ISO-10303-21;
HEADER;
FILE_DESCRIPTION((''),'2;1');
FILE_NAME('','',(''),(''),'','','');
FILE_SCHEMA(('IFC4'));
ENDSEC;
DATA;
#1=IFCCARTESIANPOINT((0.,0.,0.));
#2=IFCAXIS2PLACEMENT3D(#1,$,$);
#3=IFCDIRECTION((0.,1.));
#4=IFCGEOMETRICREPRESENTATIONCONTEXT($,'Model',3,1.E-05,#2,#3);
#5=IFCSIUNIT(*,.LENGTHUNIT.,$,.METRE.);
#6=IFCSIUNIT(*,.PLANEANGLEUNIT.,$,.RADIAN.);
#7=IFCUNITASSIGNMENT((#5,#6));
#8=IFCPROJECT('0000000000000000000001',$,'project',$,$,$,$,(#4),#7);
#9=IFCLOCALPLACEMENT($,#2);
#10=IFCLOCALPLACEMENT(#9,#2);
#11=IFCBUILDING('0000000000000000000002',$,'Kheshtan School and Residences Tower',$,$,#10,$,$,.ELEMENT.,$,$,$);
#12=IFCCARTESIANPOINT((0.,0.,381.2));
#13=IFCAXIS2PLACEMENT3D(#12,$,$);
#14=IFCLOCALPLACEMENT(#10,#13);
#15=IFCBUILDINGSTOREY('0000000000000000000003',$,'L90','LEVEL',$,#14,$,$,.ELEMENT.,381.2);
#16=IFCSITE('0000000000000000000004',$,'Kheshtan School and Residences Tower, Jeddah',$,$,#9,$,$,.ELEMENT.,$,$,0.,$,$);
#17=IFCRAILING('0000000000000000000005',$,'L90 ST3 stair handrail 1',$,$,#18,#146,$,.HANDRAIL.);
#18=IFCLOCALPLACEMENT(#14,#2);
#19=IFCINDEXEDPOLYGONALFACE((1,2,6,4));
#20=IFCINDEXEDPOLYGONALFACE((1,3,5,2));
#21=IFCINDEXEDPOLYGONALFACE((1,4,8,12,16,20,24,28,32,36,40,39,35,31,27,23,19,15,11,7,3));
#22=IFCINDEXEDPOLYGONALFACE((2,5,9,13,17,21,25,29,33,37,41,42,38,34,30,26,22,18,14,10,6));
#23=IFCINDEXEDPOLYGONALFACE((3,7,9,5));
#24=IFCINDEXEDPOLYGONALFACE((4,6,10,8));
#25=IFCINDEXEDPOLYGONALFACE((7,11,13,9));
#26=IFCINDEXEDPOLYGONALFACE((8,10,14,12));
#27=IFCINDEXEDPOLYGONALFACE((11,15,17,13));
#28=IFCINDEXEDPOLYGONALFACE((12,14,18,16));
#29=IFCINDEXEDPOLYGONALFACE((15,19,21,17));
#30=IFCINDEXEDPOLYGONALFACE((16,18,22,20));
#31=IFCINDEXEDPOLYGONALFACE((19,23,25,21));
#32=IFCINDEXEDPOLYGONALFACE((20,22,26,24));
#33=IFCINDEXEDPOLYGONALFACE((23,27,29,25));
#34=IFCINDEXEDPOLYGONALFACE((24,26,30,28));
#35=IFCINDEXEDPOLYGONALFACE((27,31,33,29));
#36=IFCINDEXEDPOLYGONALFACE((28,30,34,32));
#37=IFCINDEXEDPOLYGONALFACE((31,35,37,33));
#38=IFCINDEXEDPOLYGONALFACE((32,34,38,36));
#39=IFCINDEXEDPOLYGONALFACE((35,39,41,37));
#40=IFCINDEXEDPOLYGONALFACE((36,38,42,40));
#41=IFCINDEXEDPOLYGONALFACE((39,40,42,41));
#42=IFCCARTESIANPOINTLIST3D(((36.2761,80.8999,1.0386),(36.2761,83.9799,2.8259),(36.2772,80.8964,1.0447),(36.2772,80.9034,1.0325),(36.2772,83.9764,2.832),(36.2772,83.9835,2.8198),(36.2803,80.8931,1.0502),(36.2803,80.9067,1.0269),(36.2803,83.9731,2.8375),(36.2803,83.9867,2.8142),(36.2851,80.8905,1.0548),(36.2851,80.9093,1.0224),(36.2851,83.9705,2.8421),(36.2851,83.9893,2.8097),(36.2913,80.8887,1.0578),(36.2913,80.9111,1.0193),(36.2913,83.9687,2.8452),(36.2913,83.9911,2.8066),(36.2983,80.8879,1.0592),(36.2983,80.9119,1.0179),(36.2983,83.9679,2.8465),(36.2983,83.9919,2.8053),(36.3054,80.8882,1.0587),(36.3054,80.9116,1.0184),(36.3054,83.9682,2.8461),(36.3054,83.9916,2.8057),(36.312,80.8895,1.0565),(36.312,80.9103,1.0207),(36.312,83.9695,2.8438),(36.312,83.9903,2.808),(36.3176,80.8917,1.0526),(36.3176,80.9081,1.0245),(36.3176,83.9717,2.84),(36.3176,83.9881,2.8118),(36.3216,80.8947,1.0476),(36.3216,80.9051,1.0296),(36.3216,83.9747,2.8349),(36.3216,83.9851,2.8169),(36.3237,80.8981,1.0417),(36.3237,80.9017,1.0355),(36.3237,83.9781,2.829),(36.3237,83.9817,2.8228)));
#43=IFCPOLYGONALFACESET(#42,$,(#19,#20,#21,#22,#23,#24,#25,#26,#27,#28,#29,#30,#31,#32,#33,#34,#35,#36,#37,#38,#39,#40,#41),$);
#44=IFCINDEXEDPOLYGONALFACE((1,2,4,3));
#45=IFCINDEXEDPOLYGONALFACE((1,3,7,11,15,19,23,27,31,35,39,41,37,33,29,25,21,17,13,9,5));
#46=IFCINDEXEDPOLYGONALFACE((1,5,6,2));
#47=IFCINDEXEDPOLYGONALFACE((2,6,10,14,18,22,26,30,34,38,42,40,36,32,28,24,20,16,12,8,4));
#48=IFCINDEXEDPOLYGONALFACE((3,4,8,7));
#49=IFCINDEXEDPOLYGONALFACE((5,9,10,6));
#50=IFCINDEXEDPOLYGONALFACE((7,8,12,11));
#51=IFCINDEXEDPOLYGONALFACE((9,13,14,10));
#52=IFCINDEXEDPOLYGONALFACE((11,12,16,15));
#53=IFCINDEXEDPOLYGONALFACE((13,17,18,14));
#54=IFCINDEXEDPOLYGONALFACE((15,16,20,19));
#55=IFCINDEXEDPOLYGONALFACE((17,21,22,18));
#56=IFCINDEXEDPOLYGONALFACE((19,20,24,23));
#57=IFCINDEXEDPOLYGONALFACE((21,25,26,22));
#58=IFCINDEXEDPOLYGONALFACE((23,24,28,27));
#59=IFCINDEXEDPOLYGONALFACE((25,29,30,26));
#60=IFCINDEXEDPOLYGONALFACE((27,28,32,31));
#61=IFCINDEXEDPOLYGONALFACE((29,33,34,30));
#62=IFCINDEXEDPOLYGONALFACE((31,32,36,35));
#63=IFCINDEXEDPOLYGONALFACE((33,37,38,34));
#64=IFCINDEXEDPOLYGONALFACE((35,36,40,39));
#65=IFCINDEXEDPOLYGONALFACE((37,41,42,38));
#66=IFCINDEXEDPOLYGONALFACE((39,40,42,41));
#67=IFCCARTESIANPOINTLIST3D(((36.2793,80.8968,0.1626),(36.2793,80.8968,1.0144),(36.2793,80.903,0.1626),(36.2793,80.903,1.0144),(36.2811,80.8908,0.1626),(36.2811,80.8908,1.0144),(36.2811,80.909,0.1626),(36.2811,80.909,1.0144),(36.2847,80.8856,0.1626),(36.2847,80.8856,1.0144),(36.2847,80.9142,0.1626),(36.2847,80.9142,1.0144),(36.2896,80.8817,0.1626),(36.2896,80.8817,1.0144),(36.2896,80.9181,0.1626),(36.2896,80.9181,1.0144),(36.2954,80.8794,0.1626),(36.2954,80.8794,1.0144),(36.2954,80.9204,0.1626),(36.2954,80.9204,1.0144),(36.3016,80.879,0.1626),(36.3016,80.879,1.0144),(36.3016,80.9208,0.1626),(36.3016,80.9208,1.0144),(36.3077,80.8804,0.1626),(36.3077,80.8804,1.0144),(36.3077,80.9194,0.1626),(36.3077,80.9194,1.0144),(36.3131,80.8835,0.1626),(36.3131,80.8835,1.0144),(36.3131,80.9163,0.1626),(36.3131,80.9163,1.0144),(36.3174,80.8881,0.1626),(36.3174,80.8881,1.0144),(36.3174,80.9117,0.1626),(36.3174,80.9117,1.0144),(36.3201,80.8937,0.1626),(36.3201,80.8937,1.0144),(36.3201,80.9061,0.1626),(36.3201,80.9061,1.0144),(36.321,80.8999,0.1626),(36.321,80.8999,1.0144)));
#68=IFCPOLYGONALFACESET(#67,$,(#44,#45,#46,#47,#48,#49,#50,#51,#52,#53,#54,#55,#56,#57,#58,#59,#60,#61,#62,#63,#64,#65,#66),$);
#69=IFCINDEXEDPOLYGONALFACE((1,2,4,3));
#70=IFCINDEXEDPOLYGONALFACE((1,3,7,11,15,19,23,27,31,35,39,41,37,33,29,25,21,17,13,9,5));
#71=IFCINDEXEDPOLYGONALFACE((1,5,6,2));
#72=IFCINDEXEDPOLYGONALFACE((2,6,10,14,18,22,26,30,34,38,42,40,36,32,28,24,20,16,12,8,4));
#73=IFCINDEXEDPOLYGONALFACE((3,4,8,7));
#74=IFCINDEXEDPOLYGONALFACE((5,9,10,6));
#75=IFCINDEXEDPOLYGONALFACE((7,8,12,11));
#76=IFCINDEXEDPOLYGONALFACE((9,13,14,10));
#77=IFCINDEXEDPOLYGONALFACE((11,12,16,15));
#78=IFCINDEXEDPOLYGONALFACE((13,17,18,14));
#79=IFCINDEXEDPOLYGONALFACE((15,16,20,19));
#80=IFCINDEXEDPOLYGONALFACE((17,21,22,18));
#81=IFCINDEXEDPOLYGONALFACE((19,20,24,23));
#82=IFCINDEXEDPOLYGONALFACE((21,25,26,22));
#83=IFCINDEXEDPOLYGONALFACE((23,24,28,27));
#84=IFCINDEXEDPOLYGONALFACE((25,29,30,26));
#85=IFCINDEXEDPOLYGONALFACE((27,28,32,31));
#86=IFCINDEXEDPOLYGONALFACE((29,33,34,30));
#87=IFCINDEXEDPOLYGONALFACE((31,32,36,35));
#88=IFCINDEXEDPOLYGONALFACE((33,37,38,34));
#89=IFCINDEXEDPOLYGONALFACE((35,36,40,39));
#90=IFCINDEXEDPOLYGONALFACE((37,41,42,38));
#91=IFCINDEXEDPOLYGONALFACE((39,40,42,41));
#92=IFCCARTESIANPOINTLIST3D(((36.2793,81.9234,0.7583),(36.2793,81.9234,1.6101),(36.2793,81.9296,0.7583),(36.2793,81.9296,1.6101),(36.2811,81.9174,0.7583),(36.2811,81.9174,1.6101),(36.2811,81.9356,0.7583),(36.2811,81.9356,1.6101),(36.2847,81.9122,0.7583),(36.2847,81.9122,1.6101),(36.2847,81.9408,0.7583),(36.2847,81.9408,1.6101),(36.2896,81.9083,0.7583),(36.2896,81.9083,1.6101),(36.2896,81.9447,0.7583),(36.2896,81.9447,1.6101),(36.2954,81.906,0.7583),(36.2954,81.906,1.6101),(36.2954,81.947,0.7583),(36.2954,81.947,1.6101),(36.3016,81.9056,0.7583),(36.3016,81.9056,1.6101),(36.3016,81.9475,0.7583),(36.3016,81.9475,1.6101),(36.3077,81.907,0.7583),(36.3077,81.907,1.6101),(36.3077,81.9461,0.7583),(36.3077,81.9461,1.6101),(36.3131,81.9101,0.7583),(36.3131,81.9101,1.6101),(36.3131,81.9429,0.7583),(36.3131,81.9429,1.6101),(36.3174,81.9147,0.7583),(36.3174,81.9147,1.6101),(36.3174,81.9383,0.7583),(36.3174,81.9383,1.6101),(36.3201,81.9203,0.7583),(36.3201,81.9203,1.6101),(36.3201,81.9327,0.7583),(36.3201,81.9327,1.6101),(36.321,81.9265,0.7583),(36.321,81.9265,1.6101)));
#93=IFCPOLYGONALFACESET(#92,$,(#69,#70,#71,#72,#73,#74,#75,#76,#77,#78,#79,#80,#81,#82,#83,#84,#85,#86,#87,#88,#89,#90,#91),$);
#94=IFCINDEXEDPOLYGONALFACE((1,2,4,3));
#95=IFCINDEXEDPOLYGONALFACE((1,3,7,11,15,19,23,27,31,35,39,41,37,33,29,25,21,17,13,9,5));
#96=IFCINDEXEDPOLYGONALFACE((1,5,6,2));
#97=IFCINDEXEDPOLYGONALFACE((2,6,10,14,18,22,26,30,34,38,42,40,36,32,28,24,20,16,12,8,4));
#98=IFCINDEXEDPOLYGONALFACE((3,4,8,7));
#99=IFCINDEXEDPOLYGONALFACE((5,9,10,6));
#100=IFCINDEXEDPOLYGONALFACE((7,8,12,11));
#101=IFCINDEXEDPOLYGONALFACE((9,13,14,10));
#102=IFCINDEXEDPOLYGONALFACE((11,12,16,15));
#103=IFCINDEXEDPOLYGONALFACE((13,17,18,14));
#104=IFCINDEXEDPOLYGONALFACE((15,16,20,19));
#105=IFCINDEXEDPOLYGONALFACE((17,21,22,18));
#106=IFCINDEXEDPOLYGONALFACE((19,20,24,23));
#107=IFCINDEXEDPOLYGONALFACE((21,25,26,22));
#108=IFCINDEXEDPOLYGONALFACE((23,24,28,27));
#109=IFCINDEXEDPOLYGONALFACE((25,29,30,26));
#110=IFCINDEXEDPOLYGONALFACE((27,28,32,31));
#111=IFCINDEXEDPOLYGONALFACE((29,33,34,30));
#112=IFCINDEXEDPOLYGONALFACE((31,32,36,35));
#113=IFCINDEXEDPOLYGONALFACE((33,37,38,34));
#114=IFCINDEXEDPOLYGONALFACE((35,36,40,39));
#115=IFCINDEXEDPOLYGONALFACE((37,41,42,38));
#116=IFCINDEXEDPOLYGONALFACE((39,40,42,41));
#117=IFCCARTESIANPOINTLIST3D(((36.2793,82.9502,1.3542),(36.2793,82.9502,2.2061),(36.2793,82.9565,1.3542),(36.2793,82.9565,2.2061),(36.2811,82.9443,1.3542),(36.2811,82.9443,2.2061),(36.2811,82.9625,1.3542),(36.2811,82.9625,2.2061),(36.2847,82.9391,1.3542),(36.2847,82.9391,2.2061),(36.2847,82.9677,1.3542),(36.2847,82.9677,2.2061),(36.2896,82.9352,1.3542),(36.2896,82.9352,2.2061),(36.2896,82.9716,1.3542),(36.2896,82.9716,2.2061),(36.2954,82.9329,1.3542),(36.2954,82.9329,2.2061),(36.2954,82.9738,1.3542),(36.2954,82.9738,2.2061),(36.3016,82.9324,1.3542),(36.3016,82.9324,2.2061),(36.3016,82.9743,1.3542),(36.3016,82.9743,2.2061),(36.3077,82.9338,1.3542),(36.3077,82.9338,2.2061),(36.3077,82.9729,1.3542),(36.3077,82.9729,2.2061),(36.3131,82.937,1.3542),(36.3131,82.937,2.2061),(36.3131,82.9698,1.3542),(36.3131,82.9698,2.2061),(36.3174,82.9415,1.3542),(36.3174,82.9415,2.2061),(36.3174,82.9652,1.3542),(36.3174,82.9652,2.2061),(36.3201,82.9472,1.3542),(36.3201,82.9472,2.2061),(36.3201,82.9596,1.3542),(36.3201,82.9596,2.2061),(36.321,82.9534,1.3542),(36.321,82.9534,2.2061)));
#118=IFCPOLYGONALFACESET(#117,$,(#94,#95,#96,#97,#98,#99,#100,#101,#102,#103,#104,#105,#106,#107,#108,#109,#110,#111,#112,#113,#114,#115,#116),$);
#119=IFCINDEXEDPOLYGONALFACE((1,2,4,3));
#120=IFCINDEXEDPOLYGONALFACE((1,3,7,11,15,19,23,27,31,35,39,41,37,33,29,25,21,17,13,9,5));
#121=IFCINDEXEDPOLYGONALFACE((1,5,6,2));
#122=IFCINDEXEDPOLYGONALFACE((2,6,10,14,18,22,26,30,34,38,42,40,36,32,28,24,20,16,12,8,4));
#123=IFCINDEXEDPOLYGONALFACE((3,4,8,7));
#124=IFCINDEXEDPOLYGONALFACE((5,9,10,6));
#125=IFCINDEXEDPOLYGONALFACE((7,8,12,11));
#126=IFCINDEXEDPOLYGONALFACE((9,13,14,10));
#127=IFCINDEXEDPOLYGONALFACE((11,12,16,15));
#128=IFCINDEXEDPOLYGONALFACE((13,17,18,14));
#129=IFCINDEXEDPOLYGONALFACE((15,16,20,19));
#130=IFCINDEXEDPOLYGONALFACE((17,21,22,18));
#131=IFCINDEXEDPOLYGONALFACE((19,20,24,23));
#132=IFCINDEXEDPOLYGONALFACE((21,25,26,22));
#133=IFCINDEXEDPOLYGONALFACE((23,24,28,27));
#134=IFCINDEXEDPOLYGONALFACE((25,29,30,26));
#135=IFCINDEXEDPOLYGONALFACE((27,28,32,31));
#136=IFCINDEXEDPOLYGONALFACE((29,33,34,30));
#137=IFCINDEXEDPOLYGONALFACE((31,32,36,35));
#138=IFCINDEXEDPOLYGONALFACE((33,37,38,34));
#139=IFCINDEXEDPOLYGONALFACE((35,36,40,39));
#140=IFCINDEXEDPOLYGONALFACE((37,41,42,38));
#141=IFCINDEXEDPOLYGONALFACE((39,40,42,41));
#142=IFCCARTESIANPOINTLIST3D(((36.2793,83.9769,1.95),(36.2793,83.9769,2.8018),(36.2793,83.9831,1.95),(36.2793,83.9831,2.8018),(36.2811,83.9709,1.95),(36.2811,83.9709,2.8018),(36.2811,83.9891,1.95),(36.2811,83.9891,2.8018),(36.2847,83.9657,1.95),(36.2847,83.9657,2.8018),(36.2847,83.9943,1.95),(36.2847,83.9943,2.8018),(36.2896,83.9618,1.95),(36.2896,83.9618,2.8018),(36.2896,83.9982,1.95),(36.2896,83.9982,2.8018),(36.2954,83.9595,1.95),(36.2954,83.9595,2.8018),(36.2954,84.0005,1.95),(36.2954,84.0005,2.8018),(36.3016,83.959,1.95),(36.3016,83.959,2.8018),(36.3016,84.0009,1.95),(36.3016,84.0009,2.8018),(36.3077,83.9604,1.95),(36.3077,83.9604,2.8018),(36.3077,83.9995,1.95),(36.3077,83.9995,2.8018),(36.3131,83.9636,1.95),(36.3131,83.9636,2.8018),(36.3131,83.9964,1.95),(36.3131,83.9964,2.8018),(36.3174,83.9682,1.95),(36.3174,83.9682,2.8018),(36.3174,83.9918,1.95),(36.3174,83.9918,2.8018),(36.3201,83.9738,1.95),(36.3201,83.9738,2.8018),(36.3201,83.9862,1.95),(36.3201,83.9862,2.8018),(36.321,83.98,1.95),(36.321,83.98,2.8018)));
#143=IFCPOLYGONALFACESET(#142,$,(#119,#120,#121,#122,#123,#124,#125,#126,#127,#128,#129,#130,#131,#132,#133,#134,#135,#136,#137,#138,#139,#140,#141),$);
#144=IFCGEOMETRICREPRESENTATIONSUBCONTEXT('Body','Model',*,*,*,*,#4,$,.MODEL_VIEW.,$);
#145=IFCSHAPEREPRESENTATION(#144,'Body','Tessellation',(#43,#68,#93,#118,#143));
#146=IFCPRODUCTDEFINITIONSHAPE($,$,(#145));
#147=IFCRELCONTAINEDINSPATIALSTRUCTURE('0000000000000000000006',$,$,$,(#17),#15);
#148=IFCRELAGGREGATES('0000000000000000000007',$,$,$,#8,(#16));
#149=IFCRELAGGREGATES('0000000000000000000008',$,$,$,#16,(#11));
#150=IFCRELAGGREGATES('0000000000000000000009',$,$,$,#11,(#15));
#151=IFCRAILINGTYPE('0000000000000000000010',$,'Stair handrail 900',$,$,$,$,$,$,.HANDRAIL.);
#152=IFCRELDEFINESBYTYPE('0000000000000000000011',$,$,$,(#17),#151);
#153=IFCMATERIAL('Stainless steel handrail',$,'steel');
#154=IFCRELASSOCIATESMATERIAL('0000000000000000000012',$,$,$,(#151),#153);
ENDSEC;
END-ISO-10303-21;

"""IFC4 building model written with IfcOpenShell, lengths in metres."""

from ifc_helpers import new_model, si_unit, direction, frame, origin, origin_2d, place, context, subcontext, project, spatial, circle, extrude, material, type_object, element, save


model = new_model("IFC4")

# Units and contexts
model_context = context("Model", 3, precision=1e-05, world=origin(), true_north=direction((0.0, 1.0)))
body_context = subcontext(model_context, "Body", "Model", "MODEL_VIEW")
ifc_project = project(units=[si_unit("LENGTHUNIT", "METRE"), si_unit("PLANEANGLEUNIT", "RADIAN")], contexts=[model_context])

# Site, building, storey
site_placement = place(None, origin())
site = spatial("IfcSite", under=ifc_project, at=site_placement, Name="Kheshtan School and Residences Tower, Jeddah", CompositionType="ELEMENT", RefElevation=0.0)
building_placement = place(site_placement, origin())
building = spatial("IfcBuilding", under=site, at=building_placement, Name="Kheshtan School and Residences Tower", CompositionType="ELEMENT")
storey_placement = place(building_placement, frame((0.0, 0.0, 381.2)))
storey = spatial("IfcBuildingStorey", under=building, at=storey_placement, Name="L90", Description="LEVEL", CompositionType="ELEMENT", Elevation=381.2)

# Railing
ifc_material_1 = material(Name="Stainless steel handrail", Category="steel")
railing_type_1 = type_object("IfcRailingType", Name="Stair handrail 900", PredefinedType="HANDRAIL", material=ifc_material_1)
railing_1_placement = place(storey_placement, frame((36.3, 80.8999, 0.1626)))
element("IfcRailing", 1, at=railing_1_placement, inside=storey, type_object=railing_type_1, Name="L90 ST3 stair handrail 1", PredefinedType="HANDRAIL", context=body_context, shape_type="SweptSolid", body=[
    extrude(circle(Radius=0.0239, at=origin_2d()), frame((0.0, 0.0, 0.876), z_axis=(0.0, 0.86492, 0.501909), x_axis=(-1.0, 0.0, 0.0)), (0.0, 0.0, 1.0), 3.561),
    extrude(circle(Radius=0.021, at=origin_2d()), origin(), (0.0, 0.0, 1.0), 0.8518),
    extrude(circle(Radius=0.021, at=origin_2d()), frame((0.0, 1.0266, 0.5957)), (0.0, 0.0, 1.0), 0.8518),
    extrude(circle(Radius=0.021, at=origin_2d()), frame((0.0, 2.0535, 1.1917)), (0.0, 0.0, 1.0), 0.8518),
    extrude(circle(Radius=0.021, at=origin_2d()), frame((0.0, 3.0801, 1.7874)), (0.0, 0.0, 1.0), 0.8518),
])

save(model, "model.ifc")
